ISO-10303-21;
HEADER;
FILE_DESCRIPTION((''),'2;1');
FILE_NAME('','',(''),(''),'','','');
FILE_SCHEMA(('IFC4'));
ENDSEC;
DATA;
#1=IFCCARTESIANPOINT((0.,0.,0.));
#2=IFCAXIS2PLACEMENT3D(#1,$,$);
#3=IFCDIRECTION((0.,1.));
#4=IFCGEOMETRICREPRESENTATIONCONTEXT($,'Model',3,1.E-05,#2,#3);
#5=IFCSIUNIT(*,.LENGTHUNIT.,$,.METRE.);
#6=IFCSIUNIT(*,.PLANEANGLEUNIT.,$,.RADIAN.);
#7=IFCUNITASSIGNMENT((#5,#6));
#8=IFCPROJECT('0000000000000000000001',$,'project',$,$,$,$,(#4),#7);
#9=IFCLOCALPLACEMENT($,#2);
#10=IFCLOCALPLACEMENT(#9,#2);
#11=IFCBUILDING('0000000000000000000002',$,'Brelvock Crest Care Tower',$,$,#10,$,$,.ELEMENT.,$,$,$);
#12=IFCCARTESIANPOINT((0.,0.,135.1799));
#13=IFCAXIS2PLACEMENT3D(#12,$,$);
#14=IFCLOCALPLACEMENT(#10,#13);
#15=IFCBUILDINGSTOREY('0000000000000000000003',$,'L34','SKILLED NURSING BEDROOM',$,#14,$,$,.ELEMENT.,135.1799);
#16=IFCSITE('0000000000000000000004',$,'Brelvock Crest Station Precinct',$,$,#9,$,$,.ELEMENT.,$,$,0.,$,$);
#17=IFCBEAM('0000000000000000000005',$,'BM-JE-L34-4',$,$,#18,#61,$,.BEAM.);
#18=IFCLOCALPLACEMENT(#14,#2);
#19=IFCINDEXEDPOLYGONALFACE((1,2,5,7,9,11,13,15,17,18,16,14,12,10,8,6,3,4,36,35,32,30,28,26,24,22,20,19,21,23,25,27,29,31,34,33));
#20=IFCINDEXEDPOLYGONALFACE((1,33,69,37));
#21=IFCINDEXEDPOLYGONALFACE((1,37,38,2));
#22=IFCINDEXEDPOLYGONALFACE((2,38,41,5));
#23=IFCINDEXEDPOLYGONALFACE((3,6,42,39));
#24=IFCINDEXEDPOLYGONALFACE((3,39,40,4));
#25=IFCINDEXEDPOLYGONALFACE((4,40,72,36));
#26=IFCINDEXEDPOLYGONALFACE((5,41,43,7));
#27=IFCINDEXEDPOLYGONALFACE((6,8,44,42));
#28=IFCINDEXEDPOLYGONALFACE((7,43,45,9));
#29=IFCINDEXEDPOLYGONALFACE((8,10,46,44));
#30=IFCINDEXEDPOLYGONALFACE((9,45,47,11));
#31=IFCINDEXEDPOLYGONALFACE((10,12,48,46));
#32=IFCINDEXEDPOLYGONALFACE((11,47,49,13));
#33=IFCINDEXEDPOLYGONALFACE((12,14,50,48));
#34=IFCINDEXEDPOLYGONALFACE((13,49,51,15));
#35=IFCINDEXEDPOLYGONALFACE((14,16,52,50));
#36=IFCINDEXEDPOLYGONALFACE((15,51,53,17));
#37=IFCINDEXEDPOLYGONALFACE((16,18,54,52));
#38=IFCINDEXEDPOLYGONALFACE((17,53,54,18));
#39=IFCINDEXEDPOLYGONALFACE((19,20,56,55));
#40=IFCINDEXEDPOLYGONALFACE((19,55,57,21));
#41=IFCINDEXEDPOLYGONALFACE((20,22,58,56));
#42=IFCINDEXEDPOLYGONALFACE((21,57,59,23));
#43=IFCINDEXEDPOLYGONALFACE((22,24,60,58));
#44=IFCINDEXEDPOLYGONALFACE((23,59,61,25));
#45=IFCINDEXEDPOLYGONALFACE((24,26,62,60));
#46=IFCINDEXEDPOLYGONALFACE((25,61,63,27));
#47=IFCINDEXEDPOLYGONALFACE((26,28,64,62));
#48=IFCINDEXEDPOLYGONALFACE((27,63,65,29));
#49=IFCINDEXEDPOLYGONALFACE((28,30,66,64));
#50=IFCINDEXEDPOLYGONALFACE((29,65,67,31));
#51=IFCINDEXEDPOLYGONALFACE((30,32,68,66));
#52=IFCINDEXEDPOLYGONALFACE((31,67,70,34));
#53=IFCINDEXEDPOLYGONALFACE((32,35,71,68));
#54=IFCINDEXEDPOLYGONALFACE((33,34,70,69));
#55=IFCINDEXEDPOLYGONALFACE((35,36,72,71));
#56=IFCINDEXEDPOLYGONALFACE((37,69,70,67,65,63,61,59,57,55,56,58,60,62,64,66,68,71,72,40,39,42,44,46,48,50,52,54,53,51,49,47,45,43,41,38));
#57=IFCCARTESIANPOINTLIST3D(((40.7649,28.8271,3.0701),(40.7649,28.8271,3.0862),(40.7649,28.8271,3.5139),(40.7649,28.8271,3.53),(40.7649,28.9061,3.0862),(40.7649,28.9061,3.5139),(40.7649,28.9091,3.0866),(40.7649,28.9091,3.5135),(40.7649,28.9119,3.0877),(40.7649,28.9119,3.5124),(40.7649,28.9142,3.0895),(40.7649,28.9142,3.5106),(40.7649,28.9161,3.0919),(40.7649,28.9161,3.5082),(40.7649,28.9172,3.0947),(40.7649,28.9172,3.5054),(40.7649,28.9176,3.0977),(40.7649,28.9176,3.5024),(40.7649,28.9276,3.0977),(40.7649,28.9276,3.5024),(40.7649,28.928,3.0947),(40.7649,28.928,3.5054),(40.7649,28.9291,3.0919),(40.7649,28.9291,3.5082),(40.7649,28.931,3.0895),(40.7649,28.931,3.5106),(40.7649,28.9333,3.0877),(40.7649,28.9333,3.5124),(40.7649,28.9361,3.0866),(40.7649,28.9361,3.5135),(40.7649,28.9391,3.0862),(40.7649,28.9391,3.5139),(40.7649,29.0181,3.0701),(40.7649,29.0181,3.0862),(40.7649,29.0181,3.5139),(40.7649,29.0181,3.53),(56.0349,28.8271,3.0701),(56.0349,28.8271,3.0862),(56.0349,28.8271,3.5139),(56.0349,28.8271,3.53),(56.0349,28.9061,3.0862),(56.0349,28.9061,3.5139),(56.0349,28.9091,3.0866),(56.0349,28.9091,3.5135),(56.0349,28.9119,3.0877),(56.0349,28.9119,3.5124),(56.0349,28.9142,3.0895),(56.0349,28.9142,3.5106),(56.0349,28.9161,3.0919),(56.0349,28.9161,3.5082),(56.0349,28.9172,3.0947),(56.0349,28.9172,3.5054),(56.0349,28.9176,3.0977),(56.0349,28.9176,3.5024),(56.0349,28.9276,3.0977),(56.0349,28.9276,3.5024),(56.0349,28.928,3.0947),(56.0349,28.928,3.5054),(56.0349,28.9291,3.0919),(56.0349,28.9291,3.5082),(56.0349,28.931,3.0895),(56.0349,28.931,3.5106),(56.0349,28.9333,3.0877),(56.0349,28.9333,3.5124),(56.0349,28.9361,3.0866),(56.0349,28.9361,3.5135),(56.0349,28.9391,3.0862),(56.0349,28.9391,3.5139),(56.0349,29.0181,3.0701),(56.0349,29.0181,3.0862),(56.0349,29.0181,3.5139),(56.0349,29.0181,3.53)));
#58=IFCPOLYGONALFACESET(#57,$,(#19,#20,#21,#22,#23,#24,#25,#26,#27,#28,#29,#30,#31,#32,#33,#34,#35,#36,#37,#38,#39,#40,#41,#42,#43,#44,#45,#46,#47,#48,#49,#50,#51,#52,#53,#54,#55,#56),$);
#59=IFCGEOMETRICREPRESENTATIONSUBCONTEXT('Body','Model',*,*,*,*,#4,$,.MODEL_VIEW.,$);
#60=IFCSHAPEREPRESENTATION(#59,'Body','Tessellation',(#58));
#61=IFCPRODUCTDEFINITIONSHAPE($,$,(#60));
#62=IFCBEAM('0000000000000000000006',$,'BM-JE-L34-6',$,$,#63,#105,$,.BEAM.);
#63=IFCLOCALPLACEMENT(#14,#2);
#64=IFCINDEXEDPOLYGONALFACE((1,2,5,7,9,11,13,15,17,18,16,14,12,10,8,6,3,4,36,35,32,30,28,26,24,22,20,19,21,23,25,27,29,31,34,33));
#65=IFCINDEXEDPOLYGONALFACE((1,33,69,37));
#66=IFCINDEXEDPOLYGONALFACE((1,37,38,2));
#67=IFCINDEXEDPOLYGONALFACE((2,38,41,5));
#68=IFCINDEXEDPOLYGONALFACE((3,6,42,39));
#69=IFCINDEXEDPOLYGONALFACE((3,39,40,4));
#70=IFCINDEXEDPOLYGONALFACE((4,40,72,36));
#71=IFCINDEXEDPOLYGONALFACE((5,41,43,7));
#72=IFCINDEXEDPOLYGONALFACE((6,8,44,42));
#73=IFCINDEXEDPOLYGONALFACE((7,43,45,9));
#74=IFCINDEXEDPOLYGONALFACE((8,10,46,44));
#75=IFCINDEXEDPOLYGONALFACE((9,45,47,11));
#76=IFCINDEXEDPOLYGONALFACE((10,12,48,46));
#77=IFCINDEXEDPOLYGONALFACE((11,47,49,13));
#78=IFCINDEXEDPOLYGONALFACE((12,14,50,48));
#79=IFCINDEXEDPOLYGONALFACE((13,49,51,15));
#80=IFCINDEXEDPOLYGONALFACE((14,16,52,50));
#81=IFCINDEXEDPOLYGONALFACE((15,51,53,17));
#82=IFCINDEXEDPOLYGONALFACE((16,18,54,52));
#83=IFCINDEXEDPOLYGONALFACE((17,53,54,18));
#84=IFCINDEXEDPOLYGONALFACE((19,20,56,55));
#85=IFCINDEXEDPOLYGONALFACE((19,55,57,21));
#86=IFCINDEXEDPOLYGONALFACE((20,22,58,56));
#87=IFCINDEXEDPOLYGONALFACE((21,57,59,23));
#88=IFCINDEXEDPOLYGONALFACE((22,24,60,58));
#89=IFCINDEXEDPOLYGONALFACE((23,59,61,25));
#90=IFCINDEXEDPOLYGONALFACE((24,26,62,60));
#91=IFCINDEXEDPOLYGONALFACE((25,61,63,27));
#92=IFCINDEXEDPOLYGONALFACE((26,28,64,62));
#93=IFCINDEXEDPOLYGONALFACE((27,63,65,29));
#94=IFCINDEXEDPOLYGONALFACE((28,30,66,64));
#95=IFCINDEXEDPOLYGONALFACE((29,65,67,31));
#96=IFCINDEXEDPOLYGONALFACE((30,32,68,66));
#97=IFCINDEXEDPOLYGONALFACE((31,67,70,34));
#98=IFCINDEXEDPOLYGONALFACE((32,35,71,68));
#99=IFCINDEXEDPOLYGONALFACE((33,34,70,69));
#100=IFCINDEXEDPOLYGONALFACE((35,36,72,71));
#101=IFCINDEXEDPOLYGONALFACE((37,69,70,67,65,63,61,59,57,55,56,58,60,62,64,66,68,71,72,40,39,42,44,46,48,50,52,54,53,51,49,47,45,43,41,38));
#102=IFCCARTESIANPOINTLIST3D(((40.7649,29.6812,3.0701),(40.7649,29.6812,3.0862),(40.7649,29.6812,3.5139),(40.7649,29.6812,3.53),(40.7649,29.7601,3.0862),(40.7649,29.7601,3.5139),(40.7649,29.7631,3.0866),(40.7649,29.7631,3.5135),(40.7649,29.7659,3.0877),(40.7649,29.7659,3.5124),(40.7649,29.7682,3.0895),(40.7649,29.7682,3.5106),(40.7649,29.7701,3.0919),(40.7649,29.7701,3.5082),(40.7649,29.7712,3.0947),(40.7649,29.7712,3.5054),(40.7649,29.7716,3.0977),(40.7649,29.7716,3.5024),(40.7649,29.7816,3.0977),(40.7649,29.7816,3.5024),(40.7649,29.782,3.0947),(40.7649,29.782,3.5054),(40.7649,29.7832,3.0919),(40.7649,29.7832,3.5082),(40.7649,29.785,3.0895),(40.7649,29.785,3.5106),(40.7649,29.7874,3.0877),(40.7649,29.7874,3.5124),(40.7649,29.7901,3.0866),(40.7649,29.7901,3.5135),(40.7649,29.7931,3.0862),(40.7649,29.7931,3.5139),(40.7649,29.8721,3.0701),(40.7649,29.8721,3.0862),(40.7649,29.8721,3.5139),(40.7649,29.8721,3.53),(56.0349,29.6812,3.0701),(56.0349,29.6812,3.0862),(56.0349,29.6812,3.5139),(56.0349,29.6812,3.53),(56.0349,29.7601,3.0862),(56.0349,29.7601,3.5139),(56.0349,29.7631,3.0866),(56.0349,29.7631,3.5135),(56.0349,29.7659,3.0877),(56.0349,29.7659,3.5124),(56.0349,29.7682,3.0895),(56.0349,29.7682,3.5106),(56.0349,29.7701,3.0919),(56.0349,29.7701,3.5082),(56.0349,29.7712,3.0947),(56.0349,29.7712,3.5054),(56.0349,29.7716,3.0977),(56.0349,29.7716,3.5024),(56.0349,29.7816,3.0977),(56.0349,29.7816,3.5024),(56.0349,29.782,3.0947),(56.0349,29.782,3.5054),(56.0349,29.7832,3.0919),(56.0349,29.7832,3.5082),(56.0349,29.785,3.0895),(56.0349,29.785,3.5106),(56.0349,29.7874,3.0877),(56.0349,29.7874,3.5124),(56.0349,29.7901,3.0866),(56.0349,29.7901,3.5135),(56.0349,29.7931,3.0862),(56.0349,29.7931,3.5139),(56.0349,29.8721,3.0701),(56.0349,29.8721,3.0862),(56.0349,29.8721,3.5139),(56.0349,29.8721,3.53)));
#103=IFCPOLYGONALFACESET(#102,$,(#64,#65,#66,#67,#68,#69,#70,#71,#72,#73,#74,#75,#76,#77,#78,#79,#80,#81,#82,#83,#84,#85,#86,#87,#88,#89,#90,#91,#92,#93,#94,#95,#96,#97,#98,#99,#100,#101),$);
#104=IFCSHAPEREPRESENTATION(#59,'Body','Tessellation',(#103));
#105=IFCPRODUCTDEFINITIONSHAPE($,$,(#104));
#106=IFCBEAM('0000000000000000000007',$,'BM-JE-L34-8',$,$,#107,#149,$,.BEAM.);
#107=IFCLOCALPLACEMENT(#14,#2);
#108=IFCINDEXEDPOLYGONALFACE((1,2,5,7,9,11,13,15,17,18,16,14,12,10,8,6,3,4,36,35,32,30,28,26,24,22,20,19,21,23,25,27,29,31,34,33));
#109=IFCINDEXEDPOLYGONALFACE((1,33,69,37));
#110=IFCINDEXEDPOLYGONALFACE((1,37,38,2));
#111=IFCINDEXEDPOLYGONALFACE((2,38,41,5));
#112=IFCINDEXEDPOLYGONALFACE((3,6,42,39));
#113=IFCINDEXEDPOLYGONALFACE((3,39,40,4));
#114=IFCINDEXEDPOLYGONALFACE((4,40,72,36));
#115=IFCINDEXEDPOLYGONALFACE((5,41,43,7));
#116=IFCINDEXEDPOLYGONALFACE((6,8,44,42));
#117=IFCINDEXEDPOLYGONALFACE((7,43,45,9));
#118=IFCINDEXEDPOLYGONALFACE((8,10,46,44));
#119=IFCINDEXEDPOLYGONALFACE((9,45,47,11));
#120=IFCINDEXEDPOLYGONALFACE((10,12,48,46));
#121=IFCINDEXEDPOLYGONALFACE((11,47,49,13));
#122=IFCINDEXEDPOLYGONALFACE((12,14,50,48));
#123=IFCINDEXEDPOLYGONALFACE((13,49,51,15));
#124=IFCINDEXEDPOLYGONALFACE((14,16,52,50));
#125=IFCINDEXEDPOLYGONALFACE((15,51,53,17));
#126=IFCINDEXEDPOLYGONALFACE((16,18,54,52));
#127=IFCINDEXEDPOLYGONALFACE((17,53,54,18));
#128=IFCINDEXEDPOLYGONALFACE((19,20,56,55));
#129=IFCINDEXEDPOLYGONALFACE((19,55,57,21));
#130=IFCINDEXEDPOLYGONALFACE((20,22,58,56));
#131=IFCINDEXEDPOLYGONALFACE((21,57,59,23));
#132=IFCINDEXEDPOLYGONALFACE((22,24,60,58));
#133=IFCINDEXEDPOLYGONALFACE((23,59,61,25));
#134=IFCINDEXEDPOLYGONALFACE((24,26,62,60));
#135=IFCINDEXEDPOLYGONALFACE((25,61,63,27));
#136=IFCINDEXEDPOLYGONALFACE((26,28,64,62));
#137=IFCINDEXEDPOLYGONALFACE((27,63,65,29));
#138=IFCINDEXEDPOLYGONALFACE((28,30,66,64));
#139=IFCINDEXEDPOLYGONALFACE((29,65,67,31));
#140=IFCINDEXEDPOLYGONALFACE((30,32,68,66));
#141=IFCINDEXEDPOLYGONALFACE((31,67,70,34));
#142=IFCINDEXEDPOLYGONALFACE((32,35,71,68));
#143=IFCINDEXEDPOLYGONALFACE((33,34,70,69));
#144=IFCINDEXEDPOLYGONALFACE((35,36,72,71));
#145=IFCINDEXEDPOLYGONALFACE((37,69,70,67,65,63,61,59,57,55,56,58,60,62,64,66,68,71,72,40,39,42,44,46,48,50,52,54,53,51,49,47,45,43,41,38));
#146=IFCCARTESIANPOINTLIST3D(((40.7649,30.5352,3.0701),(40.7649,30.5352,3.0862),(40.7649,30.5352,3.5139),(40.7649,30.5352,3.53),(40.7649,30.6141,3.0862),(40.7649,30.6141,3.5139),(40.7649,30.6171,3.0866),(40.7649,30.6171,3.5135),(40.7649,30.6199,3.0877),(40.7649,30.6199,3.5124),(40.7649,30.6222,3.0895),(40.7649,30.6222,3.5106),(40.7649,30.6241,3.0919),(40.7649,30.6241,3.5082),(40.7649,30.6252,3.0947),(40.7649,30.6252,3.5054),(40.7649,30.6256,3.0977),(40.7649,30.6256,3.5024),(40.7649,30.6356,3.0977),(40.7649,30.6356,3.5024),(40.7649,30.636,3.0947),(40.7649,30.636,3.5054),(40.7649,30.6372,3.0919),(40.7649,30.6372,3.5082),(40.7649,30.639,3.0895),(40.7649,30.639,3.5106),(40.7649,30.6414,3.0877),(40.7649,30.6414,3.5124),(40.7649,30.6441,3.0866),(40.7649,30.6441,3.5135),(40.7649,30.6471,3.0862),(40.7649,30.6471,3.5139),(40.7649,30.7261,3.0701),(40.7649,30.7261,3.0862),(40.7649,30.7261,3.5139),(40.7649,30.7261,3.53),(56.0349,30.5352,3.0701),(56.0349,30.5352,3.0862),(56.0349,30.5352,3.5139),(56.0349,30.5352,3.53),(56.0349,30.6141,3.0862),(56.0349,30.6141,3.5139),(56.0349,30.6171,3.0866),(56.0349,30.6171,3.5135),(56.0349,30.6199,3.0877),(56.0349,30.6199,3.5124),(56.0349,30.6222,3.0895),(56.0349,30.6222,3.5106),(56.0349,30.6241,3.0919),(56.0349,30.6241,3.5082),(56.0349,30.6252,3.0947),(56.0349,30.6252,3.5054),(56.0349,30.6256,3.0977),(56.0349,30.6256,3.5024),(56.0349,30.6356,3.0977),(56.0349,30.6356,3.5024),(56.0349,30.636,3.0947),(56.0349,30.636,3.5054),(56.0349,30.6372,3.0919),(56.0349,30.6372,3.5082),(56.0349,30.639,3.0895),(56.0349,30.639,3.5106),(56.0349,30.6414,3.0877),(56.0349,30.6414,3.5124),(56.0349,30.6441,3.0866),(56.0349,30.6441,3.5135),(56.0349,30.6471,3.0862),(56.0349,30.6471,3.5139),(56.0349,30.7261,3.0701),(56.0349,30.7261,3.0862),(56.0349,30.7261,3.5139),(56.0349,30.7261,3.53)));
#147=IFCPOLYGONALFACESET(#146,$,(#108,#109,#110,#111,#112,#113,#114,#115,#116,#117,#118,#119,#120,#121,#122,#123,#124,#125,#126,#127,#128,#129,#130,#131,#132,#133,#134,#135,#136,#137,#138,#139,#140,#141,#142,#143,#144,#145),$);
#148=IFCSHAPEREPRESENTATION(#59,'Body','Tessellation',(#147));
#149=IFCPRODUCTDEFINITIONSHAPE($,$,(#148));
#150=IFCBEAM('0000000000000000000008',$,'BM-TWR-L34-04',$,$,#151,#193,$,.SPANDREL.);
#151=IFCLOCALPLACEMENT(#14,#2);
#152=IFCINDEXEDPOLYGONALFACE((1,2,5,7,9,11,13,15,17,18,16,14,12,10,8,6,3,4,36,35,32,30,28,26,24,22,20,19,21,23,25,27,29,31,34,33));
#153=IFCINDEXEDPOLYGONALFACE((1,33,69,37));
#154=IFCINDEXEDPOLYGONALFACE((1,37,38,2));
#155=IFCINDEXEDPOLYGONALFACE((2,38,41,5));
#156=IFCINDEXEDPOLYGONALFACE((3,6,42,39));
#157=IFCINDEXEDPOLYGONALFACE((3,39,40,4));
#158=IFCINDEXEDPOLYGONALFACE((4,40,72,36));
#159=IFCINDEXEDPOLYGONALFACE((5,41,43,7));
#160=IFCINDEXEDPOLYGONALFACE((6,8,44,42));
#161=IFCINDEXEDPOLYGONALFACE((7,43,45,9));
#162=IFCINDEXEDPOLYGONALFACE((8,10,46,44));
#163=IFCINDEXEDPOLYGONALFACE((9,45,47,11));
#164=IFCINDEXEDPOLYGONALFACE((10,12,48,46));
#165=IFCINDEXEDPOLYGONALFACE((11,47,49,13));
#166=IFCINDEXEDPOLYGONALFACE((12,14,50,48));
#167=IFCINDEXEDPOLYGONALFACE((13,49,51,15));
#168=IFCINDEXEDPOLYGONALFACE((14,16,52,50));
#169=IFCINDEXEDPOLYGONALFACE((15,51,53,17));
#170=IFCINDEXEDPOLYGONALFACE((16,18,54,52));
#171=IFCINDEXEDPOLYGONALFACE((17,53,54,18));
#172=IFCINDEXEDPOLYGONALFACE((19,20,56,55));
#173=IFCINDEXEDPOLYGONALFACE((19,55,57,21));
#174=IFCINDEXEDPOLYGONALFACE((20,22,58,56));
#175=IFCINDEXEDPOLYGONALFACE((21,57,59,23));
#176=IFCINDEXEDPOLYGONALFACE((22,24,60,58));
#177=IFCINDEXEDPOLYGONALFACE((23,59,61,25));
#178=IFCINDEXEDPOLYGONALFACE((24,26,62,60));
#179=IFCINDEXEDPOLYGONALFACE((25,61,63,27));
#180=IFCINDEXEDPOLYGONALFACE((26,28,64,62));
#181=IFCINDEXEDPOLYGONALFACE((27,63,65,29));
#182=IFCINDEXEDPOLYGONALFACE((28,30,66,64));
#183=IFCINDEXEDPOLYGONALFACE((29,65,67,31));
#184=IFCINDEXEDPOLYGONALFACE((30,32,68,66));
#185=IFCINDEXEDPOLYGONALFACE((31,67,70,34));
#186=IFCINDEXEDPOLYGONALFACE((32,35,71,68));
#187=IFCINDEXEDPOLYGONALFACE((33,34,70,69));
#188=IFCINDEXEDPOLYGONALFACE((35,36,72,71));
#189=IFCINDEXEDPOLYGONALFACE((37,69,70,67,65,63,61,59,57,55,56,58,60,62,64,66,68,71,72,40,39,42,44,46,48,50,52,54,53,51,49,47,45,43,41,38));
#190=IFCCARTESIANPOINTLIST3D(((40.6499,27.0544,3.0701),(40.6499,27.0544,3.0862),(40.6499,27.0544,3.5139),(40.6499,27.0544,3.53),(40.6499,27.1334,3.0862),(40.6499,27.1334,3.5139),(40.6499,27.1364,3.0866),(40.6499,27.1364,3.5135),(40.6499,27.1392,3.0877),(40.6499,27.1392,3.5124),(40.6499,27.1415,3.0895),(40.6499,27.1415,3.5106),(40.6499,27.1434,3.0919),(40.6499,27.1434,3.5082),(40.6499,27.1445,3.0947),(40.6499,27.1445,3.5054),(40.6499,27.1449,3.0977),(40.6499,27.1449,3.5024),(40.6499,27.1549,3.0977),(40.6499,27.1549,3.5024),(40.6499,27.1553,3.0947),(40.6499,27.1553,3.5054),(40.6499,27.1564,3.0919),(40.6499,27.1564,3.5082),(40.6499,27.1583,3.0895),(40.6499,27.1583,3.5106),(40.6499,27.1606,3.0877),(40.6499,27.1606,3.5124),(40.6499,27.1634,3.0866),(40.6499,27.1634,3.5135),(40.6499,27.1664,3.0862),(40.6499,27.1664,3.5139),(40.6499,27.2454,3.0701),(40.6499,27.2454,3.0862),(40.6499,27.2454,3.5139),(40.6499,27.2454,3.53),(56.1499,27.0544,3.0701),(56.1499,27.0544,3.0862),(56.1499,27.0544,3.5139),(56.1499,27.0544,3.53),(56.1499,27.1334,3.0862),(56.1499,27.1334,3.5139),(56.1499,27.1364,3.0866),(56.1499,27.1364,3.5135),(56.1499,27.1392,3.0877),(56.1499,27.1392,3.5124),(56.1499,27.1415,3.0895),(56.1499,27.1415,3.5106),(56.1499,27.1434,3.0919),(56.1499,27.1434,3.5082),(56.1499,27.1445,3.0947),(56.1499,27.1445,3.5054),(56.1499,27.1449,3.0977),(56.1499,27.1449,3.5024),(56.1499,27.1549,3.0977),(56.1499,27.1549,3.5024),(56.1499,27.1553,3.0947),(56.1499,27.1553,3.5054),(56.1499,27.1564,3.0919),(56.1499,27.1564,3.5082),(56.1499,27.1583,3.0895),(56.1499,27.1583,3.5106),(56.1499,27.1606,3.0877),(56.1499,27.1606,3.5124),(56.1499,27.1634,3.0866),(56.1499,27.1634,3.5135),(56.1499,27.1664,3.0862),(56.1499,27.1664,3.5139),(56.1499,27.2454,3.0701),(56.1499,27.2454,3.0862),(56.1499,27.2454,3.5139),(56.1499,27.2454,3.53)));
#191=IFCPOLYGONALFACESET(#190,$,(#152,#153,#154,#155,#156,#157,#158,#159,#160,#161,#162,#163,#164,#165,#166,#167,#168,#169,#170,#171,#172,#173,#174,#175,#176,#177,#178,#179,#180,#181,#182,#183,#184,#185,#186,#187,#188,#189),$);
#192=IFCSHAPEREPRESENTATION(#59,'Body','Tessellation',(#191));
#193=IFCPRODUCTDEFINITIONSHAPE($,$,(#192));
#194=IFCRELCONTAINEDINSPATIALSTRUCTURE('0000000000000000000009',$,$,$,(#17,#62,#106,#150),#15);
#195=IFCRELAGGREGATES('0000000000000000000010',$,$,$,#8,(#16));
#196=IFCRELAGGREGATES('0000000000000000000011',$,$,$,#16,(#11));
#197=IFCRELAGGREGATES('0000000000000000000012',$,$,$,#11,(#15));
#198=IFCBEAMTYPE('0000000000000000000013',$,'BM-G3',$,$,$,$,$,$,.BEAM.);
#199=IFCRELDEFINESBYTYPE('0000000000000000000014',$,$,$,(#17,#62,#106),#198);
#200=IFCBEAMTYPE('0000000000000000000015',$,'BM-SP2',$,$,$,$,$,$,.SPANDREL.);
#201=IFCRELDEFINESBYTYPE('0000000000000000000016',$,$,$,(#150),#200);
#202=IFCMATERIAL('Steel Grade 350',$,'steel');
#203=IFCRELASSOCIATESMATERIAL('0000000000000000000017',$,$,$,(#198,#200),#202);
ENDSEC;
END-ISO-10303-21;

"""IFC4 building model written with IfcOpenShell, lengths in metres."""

from ifc_helpers import new_model, si_unit, direction, frame, origin, origin_2d, place, context, subcontext, project, spatial, i_section, extrude, source, transform, mapped, material, material_profile, profile_set, type_object, element, save


model = new_model("IFC4")

# Units and contexts
model_context = context("Model", 3, precision=1e-05, world=origin(), true_north=direction((0.0, 1.0)))
body_context = subcontext(model_context, "Body", "Model", "MODEL_VIEW")
ifc_project = project(units=[si_unit("LENGTHUNIT", "METRE"), si_unit("PLANEANGLEUNIT", "RADIAN")], contexts=[model_context])

# Site, building, storey
site_placement = place(None, origin())
site = spatial("IfcSite", under=ifc_project, at=site_placement, Name="Brelvock Crest Station Precinct", CompositionType="ELEMENT", RefElevation=0.0)
building_placement = place(site_placement, origin())
building = spatial("IfcBuilding", under=site, at=building_placement, Name="Brelvock Crest Care Tower", CompositionType="ELEMENT")
storey_placement = place(building_placement, frame((0.0, 0.0, 135.1799)))
storey = spatial("IfcBuildingStorey", under=building, at=storey_placement, Name="L34", Description="SKILLED NURSING BEDROOM", CompositionType="ELEMENT", Elevation=135.1799)

# Shared definitions
ifc_material_1 = material(Name="Steel Grade 350", Category="steel")

# Beams
ifc_material_profile_1 = material_profile(ifc_material_1, i_section(OverallWidth=0.1909, OverallDepth=0.46, WebThickness=0.01, FlangeThickness=0.0161, FilletRadius=0.0115, at=origin_2d()), Name="460UB82.1")
ifc_profile_set_1 = profile_set([ifc_material_profile_1], Name="Steel Grade 350")
beam_type_1 = type_object("IfcBeamType", Name="BM-G3", PredefinedType="BEAM", material=ifc_profile_set_1)
shared_shape_1 = source(origin(), body_context, "Body", "SweptSolid", [
    extrude(i_section(OverallWidth=0.1909, OverallDepth=0.46, WebThickness=0.01, FlangeThickness=0.0161, FilletRadius=0.0115, at=origin_2d()), origin(), (0.0, 0.0, 1.0), 15.27),
])
for number, where, z_axis, x_axis, name in (
    (1, (40.7649, 28.9226, 3.3), (1.0, 0.0, 0.0), (0.0, 1.0, 0.0), "BM-JE-L34-4"),
    (2, (40.7649, 29.7766, 3.3), (1.0, 0.0, 0.0), (0.0, 1.0, 0.0), "BM-JE-L34-6"),
    (3, (40.7649, 30.6306, 3.3), (1.0, 0.0, 0.0), (0.0, 1.0, 0.0), "BM-JE-L34-8"),
):
    element("IfcBeam", number, at=place(storey_placement, frame(where, z_axis=z_axis, x_axis=x_axis)), inside=storey, type_object=beam_type_1, Name=name, PredefinedType="BEAM", context=body_context, shape_type="MappedRepresentation", body=[
        mapped(shared_shape_1, transform((0.0, 0.0, 0.0), x_axis=(1.0, 0.0, 0.0), y_axis=(0.0, 1.0, 0.0), z_axis=(0.0, 0.0, 1.0), scale=1.0)),
    ])
ifc_material_profile_2 = material_profile(ifc_material_1, i_section(OverallWidth=0.1909, OverallDepth=0.46, WebThickness=0.01, FlangeThickness=0.0161, FilletRadius=0.0115, at=origin_2d()), Name="460UB82.1")
ifc_profile_set_2 = profile_set([ifc_material_profile_2], Name="Steel Grade 350")
beam_type_2 = type_object("IfcBeamType", Name="BM-SP2", PredefinedType="SPANDREL", material=ifc_profile_set_2)
shared_shape_2 = source(origin(), body_context, "Body", "SweptSolid", [
    extrude(i_section(OverallWidth=0.1909, OverallDepth=0.46, WebThickness=0.01, FlangeThickness=0.0161, FilletRadius=0.0115, at=origin_2d()), origin(), (0.0, 0.0, 1.0), 15.5),
])
beam_1_placement = place(storey_placement, frame((40.6499, 27.1499, 3.3), z_axis=(1.0, 0.0, 0.0), x_axis=(0.0, 1.0, 0.0)))
element("IfcBeam", 4, at=beam_1_placement, inside=storey, type_object=beam_type_2, Name="BM-TWR-L34-04", PredefinedType="SPANDREL", context=body_context, shape_type="MappedRepresentation", body=[
    mapped(shared_shape_2, transform((0.0, 0.0, 0.0), x_axis=(1.0, 0.0, 0.0), y_axis=(0.0, 1.0, 0.0), z_axis=(0.0, 0.0, 1.0), scale=1.0)),
])

save(model, "model.ifc")
